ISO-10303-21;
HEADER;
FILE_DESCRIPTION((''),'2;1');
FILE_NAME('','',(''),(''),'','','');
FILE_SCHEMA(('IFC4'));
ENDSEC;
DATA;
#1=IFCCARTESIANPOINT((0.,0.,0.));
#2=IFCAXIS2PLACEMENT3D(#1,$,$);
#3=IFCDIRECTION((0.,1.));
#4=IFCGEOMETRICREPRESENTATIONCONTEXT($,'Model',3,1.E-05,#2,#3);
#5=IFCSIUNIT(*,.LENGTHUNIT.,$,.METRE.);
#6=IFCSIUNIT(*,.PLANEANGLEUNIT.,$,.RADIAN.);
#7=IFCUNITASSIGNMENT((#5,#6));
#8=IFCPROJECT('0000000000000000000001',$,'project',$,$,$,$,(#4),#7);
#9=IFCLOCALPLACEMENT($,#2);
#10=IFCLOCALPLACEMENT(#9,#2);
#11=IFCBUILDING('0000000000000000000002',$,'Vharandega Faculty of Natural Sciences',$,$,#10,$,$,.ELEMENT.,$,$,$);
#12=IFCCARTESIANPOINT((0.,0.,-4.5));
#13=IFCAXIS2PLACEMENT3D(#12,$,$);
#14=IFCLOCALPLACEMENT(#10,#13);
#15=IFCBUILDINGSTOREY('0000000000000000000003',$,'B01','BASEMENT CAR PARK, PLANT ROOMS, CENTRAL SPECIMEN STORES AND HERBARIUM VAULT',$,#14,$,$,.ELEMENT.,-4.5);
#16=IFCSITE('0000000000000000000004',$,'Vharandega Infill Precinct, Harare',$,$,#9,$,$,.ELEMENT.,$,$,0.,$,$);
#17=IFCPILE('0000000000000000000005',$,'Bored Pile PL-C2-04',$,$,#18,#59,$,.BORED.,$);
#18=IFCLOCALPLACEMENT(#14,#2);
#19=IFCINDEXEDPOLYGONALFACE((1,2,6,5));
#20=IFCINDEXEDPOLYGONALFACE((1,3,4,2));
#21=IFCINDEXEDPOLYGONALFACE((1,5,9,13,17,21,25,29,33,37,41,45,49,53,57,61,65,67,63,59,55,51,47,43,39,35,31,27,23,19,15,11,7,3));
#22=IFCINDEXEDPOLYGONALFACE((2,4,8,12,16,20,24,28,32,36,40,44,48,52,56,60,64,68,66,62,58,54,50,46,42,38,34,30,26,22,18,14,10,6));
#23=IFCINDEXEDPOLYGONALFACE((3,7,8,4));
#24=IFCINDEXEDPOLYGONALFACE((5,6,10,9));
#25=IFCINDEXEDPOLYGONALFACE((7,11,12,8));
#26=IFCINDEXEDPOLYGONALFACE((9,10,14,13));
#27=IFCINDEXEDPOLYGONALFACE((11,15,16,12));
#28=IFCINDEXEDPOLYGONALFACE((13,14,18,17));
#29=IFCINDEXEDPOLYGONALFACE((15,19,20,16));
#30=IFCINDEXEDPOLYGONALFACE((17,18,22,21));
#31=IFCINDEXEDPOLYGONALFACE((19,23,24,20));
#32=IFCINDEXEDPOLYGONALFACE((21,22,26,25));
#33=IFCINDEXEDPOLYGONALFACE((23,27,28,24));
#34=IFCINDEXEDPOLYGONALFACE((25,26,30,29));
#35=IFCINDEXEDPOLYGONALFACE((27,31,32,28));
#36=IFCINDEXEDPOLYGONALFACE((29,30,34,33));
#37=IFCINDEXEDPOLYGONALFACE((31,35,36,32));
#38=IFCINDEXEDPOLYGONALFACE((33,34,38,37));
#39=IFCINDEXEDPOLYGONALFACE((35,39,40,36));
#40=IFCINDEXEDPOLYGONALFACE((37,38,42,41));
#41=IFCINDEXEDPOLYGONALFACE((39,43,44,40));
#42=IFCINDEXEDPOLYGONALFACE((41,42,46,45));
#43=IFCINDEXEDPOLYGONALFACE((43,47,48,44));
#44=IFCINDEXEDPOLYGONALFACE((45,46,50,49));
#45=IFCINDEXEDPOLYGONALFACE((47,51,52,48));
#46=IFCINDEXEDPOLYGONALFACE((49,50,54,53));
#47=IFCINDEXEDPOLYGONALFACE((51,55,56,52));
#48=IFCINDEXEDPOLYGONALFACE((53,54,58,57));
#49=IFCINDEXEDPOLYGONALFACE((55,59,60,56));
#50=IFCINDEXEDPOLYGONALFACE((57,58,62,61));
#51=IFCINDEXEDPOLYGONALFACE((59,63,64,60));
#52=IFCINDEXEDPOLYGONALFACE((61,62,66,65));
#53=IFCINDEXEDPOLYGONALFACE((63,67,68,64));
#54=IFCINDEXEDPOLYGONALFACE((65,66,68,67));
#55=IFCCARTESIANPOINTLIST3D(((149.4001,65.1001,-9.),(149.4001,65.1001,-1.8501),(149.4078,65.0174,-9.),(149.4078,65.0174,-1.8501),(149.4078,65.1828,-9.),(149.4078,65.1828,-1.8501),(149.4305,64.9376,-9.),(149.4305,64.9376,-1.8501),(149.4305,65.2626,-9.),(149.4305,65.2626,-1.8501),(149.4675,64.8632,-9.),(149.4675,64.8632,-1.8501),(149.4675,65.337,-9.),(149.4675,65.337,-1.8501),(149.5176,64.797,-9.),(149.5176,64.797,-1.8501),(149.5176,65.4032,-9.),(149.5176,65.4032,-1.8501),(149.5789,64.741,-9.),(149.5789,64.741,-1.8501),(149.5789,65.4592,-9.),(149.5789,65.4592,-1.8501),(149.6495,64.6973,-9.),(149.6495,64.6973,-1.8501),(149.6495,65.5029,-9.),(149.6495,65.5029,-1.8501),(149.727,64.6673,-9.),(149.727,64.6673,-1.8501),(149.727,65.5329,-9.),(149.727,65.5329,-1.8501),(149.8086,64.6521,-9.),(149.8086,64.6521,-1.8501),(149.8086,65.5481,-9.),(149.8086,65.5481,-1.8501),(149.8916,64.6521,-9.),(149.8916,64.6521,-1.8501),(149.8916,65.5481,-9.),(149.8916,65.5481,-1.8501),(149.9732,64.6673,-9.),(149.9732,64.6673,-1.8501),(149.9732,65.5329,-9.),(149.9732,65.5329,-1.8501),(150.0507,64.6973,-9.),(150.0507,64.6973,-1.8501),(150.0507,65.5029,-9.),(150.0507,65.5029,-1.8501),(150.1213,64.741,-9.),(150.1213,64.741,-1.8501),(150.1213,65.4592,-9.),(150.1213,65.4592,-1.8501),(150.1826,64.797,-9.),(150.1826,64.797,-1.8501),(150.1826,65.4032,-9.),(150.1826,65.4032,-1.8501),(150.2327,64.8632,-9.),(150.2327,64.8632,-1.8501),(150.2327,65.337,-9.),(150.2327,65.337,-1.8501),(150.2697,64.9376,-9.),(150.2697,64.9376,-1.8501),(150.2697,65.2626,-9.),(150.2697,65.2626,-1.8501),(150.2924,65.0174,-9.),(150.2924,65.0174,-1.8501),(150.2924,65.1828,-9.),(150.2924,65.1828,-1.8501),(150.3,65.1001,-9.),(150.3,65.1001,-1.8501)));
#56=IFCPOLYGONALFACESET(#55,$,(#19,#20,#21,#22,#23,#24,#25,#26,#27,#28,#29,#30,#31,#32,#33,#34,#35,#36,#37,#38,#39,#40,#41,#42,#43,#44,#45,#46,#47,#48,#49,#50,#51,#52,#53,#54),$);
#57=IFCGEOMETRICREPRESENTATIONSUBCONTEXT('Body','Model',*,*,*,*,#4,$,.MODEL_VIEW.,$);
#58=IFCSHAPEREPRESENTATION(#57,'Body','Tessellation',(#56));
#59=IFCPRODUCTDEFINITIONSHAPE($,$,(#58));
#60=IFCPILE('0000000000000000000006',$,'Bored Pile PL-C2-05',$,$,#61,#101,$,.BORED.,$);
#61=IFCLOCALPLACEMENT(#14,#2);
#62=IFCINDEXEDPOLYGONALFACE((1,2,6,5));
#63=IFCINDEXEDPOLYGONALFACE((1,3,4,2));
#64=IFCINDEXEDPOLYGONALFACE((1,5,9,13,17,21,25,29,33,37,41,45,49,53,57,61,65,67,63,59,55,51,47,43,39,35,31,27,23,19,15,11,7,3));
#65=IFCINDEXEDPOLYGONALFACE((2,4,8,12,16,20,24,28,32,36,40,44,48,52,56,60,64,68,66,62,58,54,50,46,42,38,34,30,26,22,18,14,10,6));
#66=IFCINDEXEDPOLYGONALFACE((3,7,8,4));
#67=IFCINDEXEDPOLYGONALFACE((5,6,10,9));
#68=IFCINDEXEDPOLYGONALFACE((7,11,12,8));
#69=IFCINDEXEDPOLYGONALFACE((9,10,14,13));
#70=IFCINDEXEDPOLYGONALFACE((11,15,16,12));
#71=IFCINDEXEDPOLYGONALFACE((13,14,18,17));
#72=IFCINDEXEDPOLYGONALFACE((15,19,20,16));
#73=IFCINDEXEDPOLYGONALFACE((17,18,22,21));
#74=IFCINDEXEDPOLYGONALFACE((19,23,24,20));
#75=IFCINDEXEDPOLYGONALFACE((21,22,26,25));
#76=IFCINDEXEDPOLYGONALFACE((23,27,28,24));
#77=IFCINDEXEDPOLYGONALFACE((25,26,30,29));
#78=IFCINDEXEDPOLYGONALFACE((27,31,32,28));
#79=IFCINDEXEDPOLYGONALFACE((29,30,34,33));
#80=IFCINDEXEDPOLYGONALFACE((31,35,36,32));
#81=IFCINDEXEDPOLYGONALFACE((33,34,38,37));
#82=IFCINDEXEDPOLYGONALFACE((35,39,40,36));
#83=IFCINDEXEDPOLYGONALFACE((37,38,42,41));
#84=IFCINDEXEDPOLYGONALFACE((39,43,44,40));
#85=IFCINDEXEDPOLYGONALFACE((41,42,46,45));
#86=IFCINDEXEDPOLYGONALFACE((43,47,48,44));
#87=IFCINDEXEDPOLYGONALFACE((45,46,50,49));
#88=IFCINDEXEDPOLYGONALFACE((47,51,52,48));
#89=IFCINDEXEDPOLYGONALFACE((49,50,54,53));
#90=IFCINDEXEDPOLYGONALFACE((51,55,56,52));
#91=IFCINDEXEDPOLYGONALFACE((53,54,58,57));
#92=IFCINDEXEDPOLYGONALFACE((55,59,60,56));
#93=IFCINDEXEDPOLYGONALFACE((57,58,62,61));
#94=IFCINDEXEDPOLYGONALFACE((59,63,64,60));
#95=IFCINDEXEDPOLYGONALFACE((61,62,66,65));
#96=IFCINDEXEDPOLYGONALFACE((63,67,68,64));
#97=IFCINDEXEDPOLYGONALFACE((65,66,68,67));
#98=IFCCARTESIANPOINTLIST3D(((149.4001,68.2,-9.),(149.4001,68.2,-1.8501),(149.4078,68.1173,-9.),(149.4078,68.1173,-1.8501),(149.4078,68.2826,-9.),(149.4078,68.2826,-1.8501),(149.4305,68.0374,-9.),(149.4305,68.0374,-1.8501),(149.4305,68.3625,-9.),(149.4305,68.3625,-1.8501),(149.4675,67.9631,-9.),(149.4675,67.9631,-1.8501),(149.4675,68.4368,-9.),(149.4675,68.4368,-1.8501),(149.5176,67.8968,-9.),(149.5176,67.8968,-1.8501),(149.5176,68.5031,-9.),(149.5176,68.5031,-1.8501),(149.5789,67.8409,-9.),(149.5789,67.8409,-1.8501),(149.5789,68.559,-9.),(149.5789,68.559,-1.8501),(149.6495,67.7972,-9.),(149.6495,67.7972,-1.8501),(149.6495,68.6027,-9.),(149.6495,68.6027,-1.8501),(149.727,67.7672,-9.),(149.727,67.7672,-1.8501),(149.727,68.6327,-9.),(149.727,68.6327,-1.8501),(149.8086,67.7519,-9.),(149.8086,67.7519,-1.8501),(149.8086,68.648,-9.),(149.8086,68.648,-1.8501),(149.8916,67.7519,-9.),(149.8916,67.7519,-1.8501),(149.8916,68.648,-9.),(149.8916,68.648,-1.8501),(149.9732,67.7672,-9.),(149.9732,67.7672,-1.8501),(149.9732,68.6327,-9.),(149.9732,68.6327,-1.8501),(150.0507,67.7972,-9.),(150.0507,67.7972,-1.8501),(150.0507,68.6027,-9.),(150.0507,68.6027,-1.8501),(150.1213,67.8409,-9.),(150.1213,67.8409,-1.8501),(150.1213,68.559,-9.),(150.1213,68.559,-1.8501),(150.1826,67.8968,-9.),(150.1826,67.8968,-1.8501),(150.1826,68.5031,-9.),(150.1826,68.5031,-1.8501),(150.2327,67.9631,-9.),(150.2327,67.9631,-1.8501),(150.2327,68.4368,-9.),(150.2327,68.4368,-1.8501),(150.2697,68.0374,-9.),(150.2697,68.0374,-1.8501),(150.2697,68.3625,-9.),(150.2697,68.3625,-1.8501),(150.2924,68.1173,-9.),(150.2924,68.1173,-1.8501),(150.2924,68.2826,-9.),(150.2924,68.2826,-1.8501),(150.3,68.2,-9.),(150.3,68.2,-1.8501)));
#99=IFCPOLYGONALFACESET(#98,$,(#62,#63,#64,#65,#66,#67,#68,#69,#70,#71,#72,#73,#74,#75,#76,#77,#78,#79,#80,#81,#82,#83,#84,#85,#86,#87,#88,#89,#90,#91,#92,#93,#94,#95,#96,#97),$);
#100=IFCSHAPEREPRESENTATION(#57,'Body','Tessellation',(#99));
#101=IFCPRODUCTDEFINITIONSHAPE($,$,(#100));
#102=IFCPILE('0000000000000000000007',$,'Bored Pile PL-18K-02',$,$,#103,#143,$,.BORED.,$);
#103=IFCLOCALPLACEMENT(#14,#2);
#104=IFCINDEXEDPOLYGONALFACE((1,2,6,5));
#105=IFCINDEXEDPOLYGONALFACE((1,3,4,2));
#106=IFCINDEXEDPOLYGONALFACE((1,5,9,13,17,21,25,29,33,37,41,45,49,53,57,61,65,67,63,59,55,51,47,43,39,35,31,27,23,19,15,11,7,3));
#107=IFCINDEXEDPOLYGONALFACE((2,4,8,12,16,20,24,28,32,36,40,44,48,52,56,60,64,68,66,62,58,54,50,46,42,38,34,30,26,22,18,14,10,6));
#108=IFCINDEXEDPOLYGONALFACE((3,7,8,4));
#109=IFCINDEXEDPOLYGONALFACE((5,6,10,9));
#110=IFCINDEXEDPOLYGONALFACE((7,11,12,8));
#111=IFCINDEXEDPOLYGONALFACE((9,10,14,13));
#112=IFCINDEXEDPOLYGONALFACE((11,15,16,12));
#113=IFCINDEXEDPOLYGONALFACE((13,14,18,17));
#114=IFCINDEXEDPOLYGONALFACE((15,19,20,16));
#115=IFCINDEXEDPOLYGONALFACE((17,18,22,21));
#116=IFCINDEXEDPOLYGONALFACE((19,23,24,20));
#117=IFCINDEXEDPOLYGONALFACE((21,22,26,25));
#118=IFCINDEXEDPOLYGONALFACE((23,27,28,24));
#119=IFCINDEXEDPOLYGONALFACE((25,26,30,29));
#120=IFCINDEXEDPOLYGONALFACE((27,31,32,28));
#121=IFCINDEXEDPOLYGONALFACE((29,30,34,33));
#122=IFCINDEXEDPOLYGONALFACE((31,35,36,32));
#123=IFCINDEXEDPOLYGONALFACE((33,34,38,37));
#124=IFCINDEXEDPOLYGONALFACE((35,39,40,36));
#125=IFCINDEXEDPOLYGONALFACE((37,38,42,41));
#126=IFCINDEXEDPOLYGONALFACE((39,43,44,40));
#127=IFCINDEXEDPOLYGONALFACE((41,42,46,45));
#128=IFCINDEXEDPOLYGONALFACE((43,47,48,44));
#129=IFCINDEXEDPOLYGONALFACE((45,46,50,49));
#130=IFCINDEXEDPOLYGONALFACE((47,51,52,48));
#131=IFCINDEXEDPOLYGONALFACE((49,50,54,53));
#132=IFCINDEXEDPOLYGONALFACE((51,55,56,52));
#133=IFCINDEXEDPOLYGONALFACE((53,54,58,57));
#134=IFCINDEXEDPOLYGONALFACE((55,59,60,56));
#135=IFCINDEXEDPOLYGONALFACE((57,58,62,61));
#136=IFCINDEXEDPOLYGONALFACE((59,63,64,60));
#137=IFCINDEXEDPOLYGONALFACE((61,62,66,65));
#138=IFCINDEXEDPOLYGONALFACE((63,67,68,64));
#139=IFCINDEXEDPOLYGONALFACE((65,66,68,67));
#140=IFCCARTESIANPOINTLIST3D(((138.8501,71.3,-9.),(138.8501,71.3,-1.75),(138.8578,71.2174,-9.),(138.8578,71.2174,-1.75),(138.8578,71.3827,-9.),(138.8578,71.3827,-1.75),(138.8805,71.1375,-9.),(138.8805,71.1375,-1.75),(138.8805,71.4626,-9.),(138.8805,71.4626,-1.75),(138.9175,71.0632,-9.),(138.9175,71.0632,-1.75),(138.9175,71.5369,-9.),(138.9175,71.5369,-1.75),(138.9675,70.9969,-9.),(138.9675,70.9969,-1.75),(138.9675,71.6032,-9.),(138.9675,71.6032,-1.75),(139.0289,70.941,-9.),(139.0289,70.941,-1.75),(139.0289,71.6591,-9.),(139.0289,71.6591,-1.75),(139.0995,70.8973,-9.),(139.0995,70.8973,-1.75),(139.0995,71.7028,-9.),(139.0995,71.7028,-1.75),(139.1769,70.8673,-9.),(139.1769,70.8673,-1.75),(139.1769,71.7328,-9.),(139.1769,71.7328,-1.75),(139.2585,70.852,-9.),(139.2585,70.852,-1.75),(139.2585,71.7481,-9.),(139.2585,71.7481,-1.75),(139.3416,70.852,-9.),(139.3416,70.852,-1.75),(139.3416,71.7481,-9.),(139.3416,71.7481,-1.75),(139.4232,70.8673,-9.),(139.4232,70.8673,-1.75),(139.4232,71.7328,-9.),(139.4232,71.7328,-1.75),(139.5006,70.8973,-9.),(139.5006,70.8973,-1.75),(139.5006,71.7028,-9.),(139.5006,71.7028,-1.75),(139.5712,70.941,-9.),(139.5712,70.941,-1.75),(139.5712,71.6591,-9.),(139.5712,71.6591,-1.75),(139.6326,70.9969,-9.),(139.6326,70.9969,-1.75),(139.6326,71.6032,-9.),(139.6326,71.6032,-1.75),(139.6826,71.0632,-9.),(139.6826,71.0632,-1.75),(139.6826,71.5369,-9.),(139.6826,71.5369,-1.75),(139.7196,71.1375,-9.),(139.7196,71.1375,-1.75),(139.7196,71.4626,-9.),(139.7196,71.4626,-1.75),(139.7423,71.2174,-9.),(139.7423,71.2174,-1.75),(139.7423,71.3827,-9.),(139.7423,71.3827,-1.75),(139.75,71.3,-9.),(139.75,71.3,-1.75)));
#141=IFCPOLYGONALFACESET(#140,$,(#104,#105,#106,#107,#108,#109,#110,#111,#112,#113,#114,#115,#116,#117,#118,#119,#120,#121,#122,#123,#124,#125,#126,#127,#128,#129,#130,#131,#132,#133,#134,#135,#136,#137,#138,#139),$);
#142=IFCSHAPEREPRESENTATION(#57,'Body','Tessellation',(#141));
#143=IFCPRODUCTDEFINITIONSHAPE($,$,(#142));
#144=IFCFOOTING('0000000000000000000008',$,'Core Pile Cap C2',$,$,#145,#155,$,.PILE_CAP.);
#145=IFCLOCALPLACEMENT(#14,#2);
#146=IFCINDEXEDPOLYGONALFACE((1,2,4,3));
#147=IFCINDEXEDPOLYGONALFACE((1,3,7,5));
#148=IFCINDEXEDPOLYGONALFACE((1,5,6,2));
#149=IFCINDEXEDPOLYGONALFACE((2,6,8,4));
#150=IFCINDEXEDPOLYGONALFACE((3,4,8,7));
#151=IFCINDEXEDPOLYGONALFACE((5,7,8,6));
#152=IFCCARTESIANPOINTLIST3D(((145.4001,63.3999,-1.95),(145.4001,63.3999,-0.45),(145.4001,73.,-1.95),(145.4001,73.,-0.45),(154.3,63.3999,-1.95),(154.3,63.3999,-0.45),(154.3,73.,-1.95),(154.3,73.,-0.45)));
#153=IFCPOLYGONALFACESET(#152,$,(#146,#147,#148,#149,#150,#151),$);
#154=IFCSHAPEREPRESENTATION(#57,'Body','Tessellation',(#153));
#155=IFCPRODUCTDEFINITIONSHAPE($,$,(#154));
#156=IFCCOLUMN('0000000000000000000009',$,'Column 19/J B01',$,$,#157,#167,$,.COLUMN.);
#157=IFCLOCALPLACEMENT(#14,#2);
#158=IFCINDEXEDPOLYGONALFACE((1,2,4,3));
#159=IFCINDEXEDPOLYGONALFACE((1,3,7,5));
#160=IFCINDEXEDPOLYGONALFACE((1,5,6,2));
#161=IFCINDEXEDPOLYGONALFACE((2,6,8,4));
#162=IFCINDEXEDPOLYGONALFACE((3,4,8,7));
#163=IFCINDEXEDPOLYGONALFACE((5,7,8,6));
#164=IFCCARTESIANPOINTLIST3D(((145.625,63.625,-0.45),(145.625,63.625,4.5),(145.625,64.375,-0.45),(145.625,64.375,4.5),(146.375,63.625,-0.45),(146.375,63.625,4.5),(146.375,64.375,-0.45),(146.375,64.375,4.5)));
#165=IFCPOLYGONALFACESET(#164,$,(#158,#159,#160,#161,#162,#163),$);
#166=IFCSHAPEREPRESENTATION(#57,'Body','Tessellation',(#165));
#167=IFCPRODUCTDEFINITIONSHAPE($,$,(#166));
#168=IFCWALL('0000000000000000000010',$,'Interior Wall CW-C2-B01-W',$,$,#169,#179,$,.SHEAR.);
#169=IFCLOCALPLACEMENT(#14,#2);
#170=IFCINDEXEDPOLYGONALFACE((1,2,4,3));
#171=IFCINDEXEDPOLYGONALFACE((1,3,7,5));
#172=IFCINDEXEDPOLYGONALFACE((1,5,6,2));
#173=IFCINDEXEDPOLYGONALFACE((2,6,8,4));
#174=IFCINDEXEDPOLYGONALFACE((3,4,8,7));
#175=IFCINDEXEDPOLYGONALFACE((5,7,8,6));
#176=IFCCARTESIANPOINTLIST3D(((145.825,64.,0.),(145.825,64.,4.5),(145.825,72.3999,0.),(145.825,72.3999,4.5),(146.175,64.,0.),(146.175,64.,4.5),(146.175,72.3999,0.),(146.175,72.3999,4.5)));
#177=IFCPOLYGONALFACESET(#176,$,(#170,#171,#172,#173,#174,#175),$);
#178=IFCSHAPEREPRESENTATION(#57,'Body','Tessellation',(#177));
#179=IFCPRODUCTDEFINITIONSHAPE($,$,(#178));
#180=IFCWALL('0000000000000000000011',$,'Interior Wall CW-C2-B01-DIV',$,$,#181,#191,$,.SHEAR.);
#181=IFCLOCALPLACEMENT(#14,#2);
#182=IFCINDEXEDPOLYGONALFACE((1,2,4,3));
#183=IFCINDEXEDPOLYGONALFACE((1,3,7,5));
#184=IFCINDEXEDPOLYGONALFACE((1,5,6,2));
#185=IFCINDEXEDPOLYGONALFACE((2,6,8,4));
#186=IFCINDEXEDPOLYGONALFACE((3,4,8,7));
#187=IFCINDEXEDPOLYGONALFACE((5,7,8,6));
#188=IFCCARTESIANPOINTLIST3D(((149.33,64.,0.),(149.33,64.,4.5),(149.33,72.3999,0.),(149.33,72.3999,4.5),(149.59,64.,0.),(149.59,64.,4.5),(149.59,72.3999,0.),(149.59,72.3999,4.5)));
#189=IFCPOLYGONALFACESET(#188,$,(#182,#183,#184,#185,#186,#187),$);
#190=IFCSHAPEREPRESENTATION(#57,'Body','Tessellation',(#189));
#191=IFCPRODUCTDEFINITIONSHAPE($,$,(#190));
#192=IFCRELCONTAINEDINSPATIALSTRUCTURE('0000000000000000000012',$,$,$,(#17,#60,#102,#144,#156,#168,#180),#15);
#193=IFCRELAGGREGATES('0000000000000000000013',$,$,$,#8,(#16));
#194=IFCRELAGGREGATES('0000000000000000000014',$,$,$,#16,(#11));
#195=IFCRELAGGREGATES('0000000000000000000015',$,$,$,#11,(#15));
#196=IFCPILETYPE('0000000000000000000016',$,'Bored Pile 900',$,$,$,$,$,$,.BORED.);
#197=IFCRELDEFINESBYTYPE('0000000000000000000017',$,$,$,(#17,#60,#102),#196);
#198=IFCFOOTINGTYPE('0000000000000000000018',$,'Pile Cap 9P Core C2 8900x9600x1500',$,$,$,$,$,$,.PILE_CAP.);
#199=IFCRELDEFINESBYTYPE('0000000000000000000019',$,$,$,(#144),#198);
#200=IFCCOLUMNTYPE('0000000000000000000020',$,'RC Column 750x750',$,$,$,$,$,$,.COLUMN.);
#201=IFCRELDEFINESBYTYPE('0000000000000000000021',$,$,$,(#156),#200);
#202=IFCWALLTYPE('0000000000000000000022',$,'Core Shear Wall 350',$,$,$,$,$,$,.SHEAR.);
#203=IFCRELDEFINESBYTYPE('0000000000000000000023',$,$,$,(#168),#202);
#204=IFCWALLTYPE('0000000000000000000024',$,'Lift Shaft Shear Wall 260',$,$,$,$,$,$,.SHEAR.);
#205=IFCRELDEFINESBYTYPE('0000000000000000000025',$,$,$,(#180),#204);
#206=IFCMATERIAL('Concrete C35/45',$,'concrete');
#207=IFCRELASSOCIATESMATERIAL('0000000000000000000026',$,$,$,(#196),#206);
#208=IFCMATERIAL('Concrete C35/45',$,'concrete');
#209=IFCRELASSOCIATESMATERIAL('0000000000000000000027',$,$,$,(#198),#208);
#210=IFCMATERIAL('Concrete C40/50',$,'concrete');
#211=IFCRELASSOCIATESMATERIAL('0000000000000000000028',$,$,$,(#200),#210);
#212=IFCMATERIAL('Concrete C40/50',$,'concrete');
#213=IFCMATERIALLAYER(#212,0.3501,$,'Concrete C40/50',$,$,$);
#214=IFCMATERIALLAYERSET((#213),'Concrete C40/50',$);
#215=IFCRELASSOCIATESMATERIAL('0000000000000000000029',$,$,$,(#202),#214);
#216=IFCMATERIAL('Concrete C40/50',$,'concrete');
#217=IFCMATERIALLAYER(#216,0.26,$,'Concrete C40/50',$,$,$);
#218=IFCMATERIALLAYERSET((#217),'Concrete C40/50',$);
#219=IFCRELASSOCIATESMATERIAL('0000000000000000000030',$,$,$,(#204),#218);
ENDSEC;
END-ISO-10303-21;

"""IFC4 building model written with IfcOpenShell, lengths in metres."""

from ifc_helpers import new_model, si_unit, direction, frame, frame_2d, origin, origin_2d, place, context, subcontext, project, spatial, rectangle, circle, extrude, material, layer, layer_set, material_profile, profile_set, type_object, element, save


model = new_model("IFC4")

# Units and contexts
model_context = context("Model", 3, precision=1e-05, world=origin(), true_north=direction((0.0, 1.0)))
body_context = subcontext(model_context, "Body", "Model", "MODEL_VIEW")
ifc_project = project(units=[si_unit("LENGTHUNIT", "METRE"), si_unit("PLANEANGLEUNIT", "RADIAN")], contexts=[model_context])

# Site, building, storey
site_placement = place(None, origin())
site = spatial("IfcSite", under=ifc_project, at=site_placement, Name="Vharandega Infill Precinct, Harare", CompositionType="ELEMENT", RefElevation=0.0)
building_placement = place(site_placement, origin())
building = spatial("IfcBuilding", under=site, at=building_placement, Name="Vharandega Faculty of Natural Sciences", CompositionType="ELEMENT")
storey_placement = place(building_placement, frame((0.0, 0.0, -4.5)))
storey = spatial("IfcBuildingStorey", under=building, at=storey_placement, Name="B01", Description="BASEMENT CAR PARK, PLANT ROOMS, CENTRAL SPECIMEN STORES AND HERBARIUM VAULT", CompositionType="ELEMENT", Elevation=-4.5)

# Piles
ifc_material_1 = material(Name="Concrete C35/45", Category="concrete")
ifc_material_profile_1 = material_profile(ifc_material_1, circle(Radius=0.45, at=origin_2d()), Name="PILE 900")
ifc_profile_set_1 = profile_set([ifc_material_profile_1], Name="Concrete C35/45")
pile_type_1 = type_object("IfcPileType", Name="Bored Pile 900", PredefinedType="BORED", material=ifc_profile_set_1)
for number, where, z_axis, x_axis, name in (
    (1, (149.8501, 65.1001, -1.8501), (0.0, 0.0, -1.0), (1.0, 0.0, 0.0), "Bored Pile PL-C2-04"),
    (2, (149.8501, 68.2, -1.8501), (0.0, 0.0, -1.0), (1.0, 0.0, 0.0), "Bored Pile PL-C2-05"),
):
    element("IfcPile", number, at=place(storey_placement, frame(where, z_axis=z_axis, x_axis=x_axis)), inside=storey, type_object=pile_type_1, Name=name, PredefinedType="BORED", context=body_context, shape_type="SweptSolid", body=[
        extrude(circle(Radius=0.45, at=origin_2d()), origin(), (0.0, 0.0, 1.0), 7.1499),
    ])
pile_placement = place(storey_placement, frame((139.3, 71.3, -1.75), z_axis=(0.0, 0.0, -1.0), x_axis=(1.0, 0.0, 0.0)))
element("IfcPile", 3, at=pile_placement, inside=storey, type_object=pile_type_1, Name="Bored Pile PL-18K-02", PredefinedType="BORED", context=body_context, shape_type="SweptSolid", body=[
    extrude(circle(Radius=0.45, at=origin_2d()), origin(), (0.0, 0.0, 1.0), 7.25),
])

# Footing
ifc_material_2 = material(Name="Concrete C35/45", Category="concrete")
footing_type = type_object("IfcFootingType", Name="Pile Cap 9P Core C2 8900x9600x1500", PredefinedType="PILE_CAP", material=ifc_material_2)
footing_placement = place(storey_placement, frame((149.8501, 68.2, -1.95), z_axis=(0.0, 0.0, 1.0), x_axis=(1.0, 0.0, 0.0)))
element("IfcFooting", 4, at=footing_placement, inside=storey, type_object=footing_type, Name="Core Pile Cap C2", PredefinedType="PILE_CAP", context=body_context, shape_type="SweptSolid", body=[
    extrude(rectangle(XDim=8.8999, YDim=9.6001, at=origin_2d()), origin(), (0.0, 0.0, 1.0), 1.5),
])

# Column
ifc_material_3 = material(Name="Concrete C40/50", Category="concrete")
ifc_material_profile_2 = material_profile(ifc_material_3, rectangle(XDim=0.75, YDim=0.75, at=origin_2d()), Name="RC 750x750")
ifc_profile_set_2 = profile_set([ifc_material_profile_2], Name="Concrete C40/50")
column_type = type_object("IfcColumnType", Name="RC Column 750x750", PredefinedType="COLUMN", material=ifc_profile_set_2)
column_placement = place(storey_placement, frame((146.0, 64.0, -0.45), z_axis=(0.0, 0.0, 1.0), x_axis=(1.0, 0.0, 0.0)))
element("IfcColumn", 5, at=column_placement, inside=storey, type_object=column_type, Name="Column 19/J B01", PredefinedType="COLUMN", context=body_context, shape_type="SweptSolid", body=[
    extrude(rectangle(XDim=0.75, YDim=0.75, at=origin_2d()), origin(), (0.0, 0.0, 1.0), 4.95),
])

# Walls
ifc_material_4 = material(Name="Concrete C40/50", Category="concrete")
ifc_layer_1 = layer(ifc_material_4, 0.3501, Name="Concrete C40/50")
ifc_layer_set_1 = layer_set([ifc_layer_1], Name="Concrete C40/50")
wall_type_1 = type_object("IfcWallType", Name="Core Shear Wall 350", PredefinedType="SHEAR", material=ifc_layer_set_1)
wall_1_placement = place(storey_placement, frame((146.0, 64.0, 0.0), z_axis=(0.0, 0.0, 1.0), x_axis=(0.0, 1.0, 0.0)))
element("IfcWall", 6, at=wall_1_placement, inside=storey, type_object=wall_type_1, Name="Interior Wall CW-C2-B01-W", PredefinedType="SHEAR", context=body_context, shape_type="SweptSolid", body=[
    extrude(rectangle(XDim=8.3999, YDim=0.3501, at=frame_2d((4.2, 0.0))), origin(), (0.0, 0.0, 1.0), 4.5),
])
ifc_material_5 = material(Name="Concrete C40/50", Category="concrete")
ifc_layer_2 = layer(ifc_material_5, 0.26, Name="Concrete C40/50")
ifc_layer_set_2 = layer_set([ifc_layer_2], Name="Concrete C40/50")
wall_type_2 = type_object("IfcWallType", Name="Lift Shaft Shear Wall 260", PredefinedType="SHEAR", material=ifc_layer_set_2)
wall_2_placement = place(storey_placement, frame((149.46, 64.0, 0.0), z_axis=(0.0, 0.0, 1.0), x_axis=(0.0, 1.0, 0.0)))
element("IfcWall", 7, at=wall_2_placement, inside=storey, type_object=wall_type_2, Name="Interior Wall CW-C2-B01-DIV", PredefinedType="SHEAR", context=body_context, shape_type="SweptSolid", body=[
    extrude(rectangle(XDim=8.3999, YDim=0.26, at=frame_2d((4.2, 0.0))), origin(), (0.0, 0.0, 1.0), 4.5),
])

save(model, "model.ifc")
